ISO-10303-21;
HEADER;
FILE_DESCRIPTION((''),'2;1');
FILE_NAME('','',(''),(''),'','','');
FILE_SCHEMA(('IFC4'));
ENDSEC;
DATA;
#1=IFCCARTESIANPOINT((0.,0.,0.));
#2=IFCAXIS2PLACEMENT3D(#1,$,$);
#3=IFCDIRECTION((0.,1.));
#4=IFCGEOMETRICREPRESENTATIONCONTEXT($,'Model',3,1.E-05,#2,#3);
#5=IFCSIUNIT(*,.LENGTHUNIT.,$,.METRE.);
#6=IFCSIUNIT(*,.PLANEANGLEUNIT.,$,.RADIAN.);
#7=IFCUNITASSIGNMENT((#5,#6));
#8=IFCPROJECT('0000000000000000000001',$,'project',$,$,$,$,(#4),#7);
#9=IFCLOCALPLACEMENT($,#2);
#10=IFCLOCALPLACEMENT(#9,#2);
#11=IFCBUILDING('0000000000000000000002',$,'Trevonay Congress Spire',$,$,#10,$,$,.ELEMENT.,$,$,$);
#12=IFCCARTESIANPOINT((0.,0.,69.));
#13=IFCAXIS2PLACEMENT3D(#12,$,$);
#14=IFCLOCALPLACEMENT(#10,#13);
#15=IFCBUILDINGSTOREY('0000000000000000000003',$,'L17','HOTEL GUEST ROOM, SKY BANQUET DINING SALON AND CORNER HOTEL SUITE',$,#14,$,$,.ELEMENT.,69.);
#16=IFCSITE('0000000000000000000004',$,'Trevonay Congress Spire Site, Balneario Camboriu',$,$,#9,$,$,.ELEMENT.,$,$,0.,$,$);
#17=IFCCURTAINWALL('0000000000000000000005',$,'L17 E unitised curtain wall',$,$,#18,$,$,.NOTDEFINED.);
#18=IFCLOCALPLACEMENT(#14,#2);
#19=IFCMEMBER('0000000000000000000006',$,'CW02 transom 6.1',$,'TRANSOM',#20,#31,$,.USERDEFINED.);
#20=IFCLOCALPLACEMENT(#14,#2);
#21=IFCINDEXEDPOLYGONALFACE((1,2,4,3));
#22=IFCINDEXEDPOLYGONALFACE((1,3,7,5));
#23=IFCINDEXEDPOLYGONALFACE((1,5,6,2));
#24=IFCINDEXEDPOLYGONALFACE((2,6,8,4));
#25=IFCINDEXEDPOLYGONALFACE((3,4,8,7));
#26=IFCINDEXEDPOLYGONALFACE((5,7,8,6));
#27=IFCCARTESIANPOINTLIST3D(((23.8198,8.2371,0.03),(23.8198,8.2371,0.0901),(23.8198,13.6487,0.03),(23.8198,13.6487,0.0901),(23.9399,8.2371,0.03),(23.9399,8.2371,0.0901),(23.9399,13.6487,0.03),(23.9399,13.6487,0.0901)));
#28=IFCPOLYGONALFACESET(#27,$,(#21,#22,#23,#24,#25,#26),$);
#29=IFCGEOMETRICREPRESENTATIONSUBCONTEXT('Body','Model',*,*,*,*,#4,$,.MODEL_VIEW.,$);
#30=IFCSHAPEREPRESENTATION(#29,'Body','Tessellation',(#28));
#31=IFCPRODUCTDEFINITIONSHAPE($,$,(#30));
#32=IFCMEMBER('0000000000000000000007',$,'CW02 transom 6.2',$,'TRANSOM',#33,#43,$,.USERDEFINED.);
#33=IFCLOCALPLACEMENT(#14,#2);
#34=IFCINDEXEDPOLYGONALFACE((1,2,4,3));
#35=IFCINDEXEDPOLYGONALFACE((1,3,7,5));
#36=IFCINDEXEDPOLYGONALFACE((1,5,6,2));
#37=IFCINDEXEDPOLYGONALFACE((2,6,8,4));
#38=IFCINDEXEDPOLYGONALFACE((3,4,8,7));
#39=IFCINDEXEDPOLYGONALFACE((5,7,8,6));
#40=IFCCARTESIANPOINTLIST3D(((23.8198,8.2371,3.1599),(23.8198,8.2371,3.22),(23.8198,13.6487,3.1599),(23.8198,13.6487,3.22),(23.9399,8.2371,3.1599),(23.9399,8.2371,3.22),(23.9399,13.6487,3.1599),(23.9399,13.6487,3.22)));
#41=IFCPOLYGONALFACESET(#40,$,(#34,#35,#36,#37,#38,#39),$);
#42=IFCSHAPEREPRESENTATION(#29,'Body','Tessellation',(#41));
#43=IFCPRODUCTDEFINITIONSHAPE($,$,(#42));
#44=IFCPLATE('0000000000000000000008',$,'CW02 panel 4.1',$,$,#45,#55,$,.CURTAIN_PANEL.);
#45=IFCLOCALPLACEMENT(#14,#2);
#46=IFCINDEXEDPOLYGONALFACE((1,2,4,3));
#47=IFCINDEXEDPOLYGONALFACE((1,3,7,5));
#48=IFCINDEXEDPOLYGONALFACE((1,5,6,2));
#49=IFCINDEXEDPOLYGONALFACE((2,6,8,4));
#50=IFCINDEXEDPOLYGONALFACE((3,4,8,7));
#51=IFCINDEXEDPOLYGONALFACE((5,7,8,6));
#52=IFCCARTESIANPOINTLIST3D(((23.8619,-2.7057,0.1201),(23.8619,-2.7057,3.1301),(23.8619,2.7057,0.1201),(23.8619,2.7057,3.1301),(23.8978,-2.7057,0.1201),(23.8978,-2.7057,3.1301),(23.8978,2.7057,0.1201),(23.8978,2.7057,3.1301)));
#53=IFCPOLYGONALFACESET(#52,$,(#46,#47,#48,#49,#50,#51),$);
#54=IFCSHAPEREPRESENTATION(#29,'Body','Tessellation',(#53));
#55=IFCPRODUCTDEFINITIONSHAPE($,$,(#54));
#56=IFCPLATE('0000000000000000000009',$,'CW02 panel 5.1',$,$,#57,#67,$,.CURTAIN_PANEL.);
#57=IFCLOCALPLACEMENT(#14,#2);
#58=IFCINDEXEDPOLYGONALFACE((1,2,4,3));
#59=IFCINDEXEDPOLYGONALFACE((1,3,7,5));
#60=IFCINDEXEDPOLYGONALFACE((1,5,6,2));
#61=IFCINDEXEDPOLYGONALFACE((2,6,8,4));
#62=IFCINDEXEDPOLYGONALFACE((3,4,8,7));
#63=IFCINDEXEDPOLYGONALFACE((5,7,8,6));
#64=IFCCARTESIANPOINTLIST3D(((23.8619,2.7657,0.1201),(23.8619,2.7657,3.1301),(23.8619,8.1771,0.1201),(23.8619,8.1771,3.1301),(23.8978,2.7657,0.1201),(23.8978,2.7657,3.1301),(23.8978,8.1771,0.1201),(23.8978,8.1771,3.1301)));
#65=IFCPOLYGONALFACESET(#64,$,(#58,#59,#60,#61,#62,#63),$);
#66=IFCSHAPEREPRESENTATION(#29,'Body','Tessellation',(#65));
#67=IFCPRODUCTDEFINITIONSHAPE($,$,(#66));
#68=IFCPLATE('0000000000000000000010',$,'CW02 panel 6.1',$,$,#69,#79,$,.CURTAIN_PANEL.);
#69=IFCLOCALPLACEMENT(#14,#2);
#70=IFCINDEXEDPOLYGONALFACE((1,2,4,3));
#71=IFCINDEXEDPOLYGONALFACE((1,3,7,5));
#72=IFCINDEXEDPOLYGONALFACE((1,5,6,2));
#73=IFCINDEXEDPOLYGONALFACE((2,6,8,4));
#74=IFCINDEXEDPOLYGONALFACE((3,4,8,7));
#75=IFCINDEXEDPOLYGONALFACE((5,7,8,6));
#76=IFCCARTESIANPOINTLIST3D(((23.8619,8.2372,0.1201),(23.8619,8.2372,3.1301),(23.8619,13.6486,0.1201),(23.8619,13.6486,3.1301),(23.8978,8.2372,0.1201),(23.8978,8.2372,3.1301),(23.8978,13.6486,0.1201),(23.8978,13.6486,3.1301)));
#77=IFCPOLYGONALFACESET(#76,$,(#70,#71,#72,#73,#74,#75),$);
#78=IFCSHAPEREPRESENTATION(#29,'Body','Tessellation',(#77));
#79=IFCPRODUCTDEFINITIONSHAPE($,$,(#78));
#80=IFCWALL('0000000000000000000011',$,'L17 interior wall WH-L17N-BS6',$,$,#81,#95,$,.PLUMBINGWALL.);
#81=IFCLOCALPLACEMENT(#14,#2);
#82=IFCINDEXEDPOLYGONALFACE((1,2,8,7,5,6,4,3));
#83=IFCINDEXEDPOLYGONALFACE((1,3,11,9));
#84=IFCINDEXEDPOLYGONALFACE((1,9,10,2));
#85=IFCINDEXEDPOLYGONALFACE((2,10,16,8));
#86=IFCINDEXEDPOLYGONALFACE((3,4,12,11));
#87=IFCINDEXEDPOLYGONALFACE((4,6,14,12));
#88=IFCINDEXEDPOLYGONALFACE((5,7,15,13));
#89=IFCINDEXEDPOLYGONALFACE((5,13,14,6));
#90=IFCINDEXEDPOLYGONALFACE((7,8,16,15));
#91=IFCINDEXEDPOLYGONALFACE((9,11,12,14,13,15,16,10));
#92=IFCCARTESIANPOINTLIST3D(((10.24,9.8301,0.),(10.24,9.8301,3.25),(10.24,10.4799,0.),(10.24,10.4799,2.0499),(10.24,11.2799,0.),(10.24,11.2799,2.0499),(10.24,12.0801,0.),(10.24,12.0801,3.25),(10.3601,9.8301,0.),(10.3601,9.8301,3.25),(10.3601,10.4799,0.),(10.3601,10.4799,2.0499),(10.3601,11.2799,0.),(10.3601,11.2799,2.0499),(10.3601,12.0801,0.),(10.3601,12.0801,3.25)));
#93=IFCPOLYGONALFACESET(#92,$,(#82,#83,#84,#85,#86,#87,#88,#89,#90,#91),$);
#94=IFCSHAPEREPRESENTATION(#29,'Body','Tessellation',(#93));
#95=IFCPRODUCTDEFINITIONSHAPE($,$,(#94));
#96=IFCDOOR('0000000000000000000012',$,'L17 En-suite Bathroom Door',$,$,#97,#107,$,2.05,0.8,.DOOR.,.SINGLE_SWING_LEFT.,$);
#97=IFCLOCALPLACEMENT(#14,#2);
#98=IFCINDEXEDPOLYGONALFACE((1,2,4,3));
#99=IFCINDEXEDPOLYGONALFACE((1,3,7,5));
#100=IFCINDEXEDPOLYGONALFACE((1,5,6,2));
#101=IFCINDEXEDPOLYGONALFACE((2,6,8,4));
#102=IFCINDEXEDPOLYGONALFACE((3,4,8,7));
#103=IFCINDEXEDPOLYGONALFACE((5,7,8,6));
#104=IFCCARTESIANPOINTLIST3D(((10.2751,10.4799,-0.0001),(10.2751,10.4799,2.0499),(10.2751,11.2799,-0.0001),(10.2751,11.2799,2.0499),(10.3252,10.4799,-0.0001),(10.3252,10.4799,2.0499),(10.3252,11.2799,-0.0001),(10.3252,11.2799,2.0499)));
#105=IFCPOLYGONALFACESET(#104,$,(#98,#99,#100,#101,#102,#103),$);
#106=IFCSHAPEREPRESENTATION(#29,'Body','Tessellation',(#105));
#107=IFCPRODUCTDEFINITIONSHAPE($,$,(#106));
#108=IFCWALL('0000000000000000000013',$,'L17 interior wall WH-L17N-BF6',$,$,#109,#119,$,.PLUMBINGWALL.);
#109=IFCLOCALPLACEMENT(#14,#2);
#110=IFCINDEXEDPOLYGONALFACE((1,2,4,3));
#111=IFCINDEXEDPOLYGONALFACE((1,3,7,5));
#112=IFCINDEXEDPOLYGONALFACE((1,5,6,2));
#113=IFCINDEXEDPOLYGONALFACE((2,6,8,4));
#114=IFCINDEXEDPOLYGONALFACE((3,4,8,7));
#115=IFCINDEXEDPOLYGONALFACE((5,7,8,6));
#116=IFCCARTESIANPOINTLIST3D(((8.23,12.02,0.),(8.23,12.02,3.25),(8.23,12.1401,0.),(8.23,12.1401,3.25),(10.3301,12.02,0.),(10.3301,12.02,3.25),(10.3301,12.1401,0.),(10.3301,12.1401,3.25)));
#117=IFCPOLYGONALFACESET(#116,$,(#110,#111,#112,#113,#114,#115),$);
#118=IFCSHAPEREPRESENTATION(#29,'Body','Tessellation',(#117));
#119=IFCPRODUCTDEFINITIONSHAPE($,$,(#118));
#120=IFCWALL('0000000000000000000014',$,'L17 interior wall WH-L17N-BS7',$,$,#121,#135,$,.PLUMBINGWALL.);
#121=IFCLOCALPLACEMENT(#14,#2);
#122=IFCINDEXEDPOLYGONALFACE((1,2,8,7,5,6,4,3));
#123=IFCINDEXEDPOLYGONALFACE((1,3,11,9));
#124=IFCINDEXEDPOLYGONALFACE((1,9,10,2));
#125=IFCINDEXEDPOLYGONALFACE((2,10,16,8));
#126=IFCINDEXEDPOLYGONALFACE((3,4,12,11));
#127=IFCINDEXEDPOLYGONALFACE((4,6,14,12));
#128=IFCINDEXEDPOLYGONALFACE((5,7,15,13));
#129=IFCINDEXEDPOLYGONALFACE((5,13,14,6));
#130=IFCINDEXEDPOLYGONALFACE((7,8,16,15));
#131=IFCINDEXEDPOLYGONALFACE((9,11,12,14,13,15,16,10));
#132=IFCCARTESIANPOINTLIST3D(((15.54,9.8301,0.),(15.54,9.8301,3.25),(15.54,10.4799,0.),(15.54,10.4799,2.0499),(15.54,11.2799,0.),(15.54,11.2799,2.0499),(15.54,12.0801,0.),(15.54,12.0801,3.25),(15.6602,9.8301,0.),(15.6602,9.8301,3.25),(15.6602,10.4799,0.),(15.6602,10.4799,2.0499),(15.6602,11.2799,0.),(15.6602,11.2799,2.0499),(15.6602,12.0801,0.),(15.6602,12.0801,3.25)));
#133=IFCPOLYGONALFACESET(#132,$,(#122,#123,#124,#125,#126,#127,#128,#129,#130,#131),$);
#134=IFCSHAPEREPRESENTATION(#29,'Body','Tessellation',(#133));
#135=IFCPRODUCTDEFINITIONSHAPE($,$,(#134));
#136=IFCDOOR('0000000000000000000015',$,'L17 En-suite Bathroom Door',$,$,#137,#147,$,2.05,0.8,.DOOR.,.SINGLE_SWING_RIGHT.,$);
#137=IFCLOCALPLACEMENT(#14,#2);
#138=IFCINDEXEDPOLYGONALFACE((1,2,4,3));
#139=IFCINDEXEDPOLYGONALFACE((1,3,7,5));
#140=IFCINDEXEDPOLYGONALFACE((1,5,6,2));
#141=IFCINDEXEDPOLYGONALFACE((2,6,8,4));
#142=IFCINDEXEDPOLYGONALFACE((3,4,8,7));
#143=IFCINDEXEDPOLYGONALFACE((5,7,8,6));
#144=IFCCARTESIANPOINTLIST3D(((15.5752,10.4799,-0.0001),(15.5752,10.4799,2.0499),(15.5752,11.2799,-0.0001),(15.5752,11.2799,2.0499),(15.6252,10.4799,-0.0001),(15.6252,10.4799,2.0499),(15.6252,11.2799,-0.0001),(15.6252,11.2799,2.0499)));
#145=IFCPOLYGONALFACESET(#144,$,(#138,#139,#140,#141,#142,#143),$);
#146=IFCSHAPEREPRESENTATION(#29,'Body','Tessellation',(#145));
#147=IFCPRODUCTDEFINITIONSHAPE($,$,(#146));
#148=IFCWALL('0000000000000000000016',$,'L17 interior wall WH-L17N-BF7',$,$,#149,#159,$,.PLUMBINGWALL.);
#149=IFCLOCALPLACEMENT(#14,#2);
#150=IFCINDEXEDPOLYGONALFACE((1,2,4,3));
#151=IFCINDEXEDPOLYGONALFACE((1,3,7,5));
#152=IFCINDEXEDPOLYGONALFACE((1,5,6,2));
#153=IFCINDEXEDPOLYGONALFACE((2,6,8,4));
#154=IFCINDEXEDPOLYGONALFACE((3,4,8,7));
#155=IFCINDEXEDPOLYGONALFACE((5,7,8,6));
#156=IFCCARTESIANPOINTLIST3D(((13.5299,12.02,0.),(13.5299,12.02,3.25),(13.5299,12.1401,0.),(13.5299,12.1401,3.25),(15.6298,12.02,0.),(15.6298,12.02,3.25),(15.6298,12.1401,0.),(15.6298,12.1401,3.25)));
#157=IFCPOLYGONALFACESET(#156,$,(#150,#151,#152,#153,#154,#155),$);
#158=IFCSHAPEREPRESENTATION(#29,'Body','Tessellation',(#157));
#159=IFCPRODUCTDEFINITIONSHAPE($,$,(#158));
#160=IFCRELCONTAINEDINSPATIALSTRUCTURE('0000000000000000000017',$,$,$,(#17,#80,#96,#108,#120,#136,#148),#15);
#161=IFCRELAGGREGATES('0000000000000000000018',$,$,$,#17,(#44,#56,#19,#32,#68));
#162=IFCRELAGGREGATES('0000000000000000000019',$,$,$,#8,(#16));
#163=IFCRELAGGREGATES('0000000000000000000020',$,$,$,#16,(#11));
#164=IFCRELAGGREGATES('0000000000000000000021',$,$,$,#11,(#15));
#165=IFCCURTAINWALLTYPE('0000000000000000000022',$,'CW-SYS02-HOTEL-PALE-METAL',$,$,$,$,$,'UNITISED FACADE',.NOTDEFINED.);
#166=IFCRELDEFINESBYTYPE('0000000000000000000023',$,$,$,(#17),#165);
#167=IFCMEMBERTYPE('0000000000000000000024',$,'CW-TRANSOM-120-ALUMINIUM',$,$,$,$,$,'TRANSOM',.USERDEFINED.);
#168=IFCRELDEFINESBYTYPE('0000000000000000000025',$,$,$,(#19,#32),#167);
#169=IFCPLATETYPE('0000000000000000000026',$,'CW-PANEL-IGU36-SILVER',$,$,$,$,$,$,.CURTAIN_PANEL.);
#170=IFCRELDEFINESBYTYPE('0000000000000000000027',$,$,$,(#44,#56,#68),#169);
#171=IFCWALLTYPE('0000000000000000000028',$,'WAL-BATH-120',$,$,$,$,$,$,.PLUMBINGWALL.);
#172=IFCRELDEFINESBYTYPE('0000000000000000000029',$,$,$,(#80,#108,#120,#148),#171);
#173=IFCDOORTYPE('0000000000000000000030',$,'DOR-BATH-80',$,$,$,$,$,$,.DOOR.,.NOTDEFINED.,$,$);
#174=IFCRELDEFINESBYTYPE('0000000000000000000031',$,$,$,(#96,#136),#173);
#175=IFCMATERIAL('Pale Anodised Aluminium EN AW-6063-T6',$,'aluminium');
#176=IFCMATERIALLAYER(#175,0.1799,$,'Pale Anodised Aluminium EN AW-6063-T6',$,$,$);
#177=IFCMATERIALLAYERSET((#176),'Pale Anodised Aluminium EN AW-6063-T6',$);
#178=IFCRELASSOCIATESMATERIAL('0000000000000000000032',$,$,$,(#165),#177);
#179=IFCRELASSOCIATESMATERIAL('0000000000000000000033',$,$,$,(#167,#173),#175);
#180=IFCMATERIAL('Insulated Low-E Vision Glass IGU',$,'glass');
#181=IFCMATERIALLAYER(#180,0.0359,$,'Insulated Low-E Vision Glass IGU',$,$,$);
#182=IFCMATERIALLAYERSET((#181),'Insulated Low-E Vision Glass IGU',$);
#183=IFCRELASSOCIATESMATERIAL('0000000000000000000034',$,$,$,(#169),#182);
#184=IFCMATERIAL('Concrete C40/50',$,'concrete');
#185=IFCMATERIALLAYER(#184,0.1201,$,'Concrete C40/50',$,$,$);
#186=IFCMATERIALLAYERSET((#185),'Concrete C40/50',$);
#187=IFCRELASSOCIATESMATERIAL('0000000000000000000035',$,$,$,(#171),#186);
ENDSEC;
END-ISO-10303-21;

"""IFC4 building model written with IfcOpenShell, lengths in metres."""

from ifc_helpers import new_model, si_unit, direction, frame, frame_2d, origin, origin_2d, place, context, subcontext, project, spatial, rectangle, extrude, material, layer, layer_set, material_profile, profile_set, type_object, element, fill, aggregate, save


model = new_model("IFC4")

# Units and contexts
model_context = context("Model", 3, precision=1e-05, world=origin(), true_north=direction((0.0, 1.0)))
body_context = subcontext(model_context, "Body", "Model", "MODEL_VIEW")
ifc_project = project(units=[si_unit("LENGTHUNIT", "METRE"), si_unit("PLANEANGLEUNIT", "RADIAN")], contexts=[model_context])

# Site, building, storey
site_placement = place(None, origin())
site = spatial("IfcSite", under=ifc_project, at=site_placement, Name="Trevonay Congress Spire Site, Balneario Camboriu", CompositionType="ELEMENT", RefElevation=0.0)
building_placement = place(site_placement, origin())
building = spatial("IfcBuilding", under=site, at=building_placement, Name="Trevonay Congress Spire", CompositionType="ELEMENT")
storey_placement = place(building_placement, frame((0.0, 0.0, 69.0)))
storey = spatial("IfcBuildingStorey", under=building, at=storey_placement, Name="L17", Description="HOTEL GUEST ROOM, SKY BANQUET DINING SALON AND CORNER HOTEL SUITE", CompositionType="ELEMENT", Elevation=69.0)

# Curtain wall, members, plates
ifc_material_1 = material(Name="Pale Anodised Aluminium EN AW-6063-T6", Category="aluminium")
ifc_layer_1 = layer(ifc_material_1, 0.1799, Name="Pale Anodised Aluminium EN AW-6063-T6")
ifc_layer_set_1 = layer_set([ifc_layer_1], Name="Pale Anodised Aluminium EN AW-6063-T6")
curtain_wall_type = type_object("IfcCurtainWallType", Name="CW-SYS02-HOTEL-PALE-METAL", ElementType="UNITISED FACADE", PredefinedType="NOTDEFINED", material=ifc_layer_set_1)
curtain_wall_placement = place(storey_placement, origin())
curtain_wall = element("IfcCurtainWall", 1, at=curtain_wall_placement, inside=storey, type_object=curtain_wall_type, Name="L17 E unitised curtain wall", PredefinedType="NOTDEFINED")
ifc_material_profile_1 = material_profile(ifc_material_1, rectangle(XDim=0.1201, YDim=0.0601, at=origin_2d()), Name="CW-TRANSOM-120-ALUMINIUM")
ifc_profile_set_1 = profile_set([ifc_material_profile_1], Name="Pale Anodised Aluminium EN AW-6063-T6")
member_type_1 = type_object("IfcMemberType", Name="CW-TRANSOM-120-ALUMINIUM", ElementType="TRANSOM", PredefinedType="USERDEFINED", material=ifc_profile_set_1)
member_1_placement = place(storey_placement, frame((23.8799, 8.2371, 0.0601), z_axis=(0.0, 1.0, 0.0), x_axis=(-1.0, 0.0, 0.0)))
member_1 = element("IfcMember", 2, at=member_1_placement, type_object=member_type_1, Name="CW02 transom 6.1", ObjectType="TRANSOM", PredefinedType="USERDEFINED", context=body_context, shape_type="SweptSolid", body=[
    extrude(rectangle(XDim=0.1201, YDim=0.0601, at=origin_2d()), origin(), (0.0, 0.0, 1.0), 5.4116),
])
member_2_placement = place(storey_placement, frame((23.8799, 8.2371, 3.1899), z_axis=(0.0, 1.0, 0.0), x_axis=(-1.0, 0.0, 0.0)))
member_2 = element("IfcMember", 3, at=member_2_placement, type_object=member_type_1, Name="CW02 transom 6.2", ObjectType="TRANSOM", PredefinedType="USERDEFINED", context=body_context, shape_type="SweptSolid", body=[
    extrude(rectangle(XDim=0.1201, YDim=0.0601, at=origin_2d()), origin(), (0.0, 0.0, 1.0), 5.4116),
])
ifc_material_2 = material(Name="Insulated Low-E Vision Glass IGU", Category="glass")
ifc_layer_2 = layer(ifc_material_2, 0.0359, Name="Insulated Low-E Vision Glass IGU")
ifc_layer_set_2 = layer_set([ifc_layer_2], Name="Insulated Low-E Vision Glass IGU")
plate_type = type_object("IfcPlateType", Name="CW-PANEL-IGU36-SILVER", PredefinedType="CURTAIN_PANEL", material=ifc_layer_set_2)
plate_1_placement = place(storey_placement, frame((23.8799, 0.0, 0.1201), z_axis=(0.0, 0.0, 1.0), x_axis=(0.0, 1.0, 0.0)))
plate_1 = element("IfcPlate", 4, at=plate_1_placement, type_object=plate_type, Name="CW02 panel 4.1", PredefinedType="CURTAIN_PANEL", context=body_context, shape_type="SweptSolid", body=[
    extrude(rectangle(XDim=5.4114, YDim=0.0359, at=origin_2d()), origin(), (0.0, 0.0, 1.0), 3.01),
])
plate_2_placement = place(storey_placement, frame((23.8799, 5.4714, 0.1201), z_axis=(0.0, 0.0, 1.0), x_axis=(0.0, 1.0, 0.0)))
plate_2 = element("IfcPlate", 5, at=plate_2_placement, type_object=plate_type, Name="CW02 panel 5.1", PredefinedType="CURTAIN_PANEL", context=body_context, shape_type="SweptSolid", body=[
    extrude(rectangle(XDim=5.4114, YDim=0.0359, at=origin_2d()), origin(), (0.0, 0.0, 1.0), 3.01),
])
plate_3_placement = place(storey_placement, frame((23.8799, 10.9429, 0.1201), z_axis=(0.0, 0.0, 1.0), x_axis=(0.0, 1.0, 0.0)))
plate_3 = element("IfcPlate", 6, at=plate_3_placement, type_object=plate_type, Name="CW02 panel 6.1", PredefinedType="CURTAIN_PANEL", context=body_context, shape_type="SweptSolid", body=[
    extrude(rectangle(XDim=5.4114, YDim=0.0359, at=origin_2d()), origin(), (0.0, 0.0, 1.0), 3.01),
])
aggregate(curtain_wall, [plate_1, plate_2, member_1, member_2, plate_3])

# Wall, opening, door
ifc_material_3 = material(Name="Concrete C40/50", Category="concrete")
ifc_layer_3 = layer(ifc_material_3, 0.1201, Name="Concrete C40/50")
ifc_layer_set_3 = layer_set([ifc_layer_3], Name="Concrete C40/50")
wall_type_1 = type_object("IfcWallType", Name="WAL-BATH-120", PredefinedType="PLUMBINGWALL", material=ifc_layer_set_3)
wall_1_placement = place(storey_placement, frame((10.3, 9.8301, 0.0), z_axis=(0.0, 0.0, 1.0), x_axis=(0.0, 1.0, 0.0)))
wall_1 = element("IfcWall", 7, at=wall_1_placement, inside=storey, type_object=wall_type_1, Name="L17 interior wall WH-L17N-BS6", PredefinedType="PLUMBINGWALL", context=body_context, shape_type="SweptSolid", body=[
    extrude(rectangle(XDim=2.25, YDim=0.1201, at=frame_2d((1.125, 0.0))), origin(), (0.0, 0.0, 1.0), 3.25),
])
opening_1_placement = place(wall_1_placement, frame((0.6499, 0.0, 0.0)))
opening_1 = element("IfcOpeningElement", 8, at=opening_1_placement, cuts=wall_1, PredefinedType="OPENING", context=body_context, shape_type="SweptSolid", body=[
    extrude(rectangle(XDim=0.8, YDim=2.05, at=frame_2d((0.3999, 1.0249))), frame((0.0, 0.0701, 0.0), z_axis=(0.0, -1.0, 0.0), x_axis=(1.0, 0.0, 0.0)), (0.0, 0.0, 1.0), 0.1401),
])
door_type = type_object("IfcDoorType", Name="DOR-BATH-80", OperationType="NOTDEFINED", PredefinedType="DOOR", material=ifc_material_1)
door_1_placement = place(opening_1_placement, origin())
door_1 = element("IfcDoor", 9, at=door_1_placement, inside=storey, type_object=door_type, Name="L17 En-suite Bathroom Door", OperationType="SINGLE_SWING_LEFT", OverallHeight=2.05, OverallWidth=0.8, PredefinedType="DOOR", context=body_context, shape_type="SweptSolid", body=[
    extrude(rectangle(XDim=0.8, YDim=2.05, at=frame_2d((0.3999, 1.0249))), frame((0.0, 0.0249, 0.0), z_axis=(0.0, -1.0, 0.0), x_axis=(1.0, 0.0, 0.0)), (0.0, 0.0, 1.0), 0.05),
])
fill(opening_1, door_1)

# Wall
wall_2_placement = place(storey_placement, frame((8.23, 12.0801, 0.0), z_axis=(0.0, 0.0, 1.0), x_axis=(1.0, 0.0, 0.0)))
element("IfcWall", 10, at=wall_2_placement, inside=storey, type_object=wall_type_1, Name="L17 interior wall WH-L17N-BF6", PredefinedType="PLUMBINGWALL", context=body_context, shape_type="SweptSolid", body=[
    extrude(rectangle(XDim=2.1001, YDim=0.1201, at=frame_2d((1.05, 0.0))), origin(), (0.0, 0.0, 1.0), 3.25),
])

# Wall, opening, door
wall_3_placement = place(storey_placement, frame((15.6001, 9.8301, 0.0), z_axis=(0.0, 0.0, 1.0), x_axis=(0.0, 1.0, 0.0)))
wall_3 = element("IfcWall", 11, at=wall_3_placement, inside=storey, type_object=wall_type_1, Name="L17 interior wall WH-L17N-BS7", PredefinedType="PLUMBINGWALL", context=body_context, shape_type="SweptSolid", body=[
    extrude(rectangle(XDim=2.25, YDim=0.1201, at=frame_2d((1.125, 0.0))), origin(), (0.0, 0.0, 1.0), 3.25),
])
opening_2_placement = place(wall_3_placement, frame((0.6499, 0.0, 0.0)))
opening_2 = element("IfcOpeningElement", 12, at=opening_2_placement, cuts=wall_3, PredefinedType="OPENING", context=body_context, shape_type="SweptSolid", body=[
    extrude(rectangle(XDim=0.8, YDim=2.05, at=frame_2d((0.3999, 1.0249))), frame((0.0, 0.0701, 0.0), z_axis=(0.0, -1.0, 0.0), x_axis=(1.0, 0.0, 0.0)), (0.0, 0.0, 1.0), 0.1401),
])
door_2_placement = place(opening_2_placement, origin())
door_2 = element("IfcDoor", 13, at=door_2_placement, inside=storey, type_object=door_type, Name="L17 En-suite Bathroom Door", OperationType="SINGLE_SWING_RIGHT", OverallHeight=2.05, OverallWidth=0.8, PredefinedType="DOOR", context=body_context, shape_type="SweptSolid", body=[
    extrude(rectangle(XDim=0.8, YDim=2.05, at=frame_2d((0.3999, 1.0249))), frame((0.0, 0.0249, 0.0), z_axis=(0.0, -1.0, 0.0), x_axis=(1.0, 0.0, 0.0)), (0.0, 0.0, 1.0), 0.05),
])
fill(opening_2, door_2)

# Wall
wall_4_placement = place(storey_placement, frame((13.53, 12.0801, 0.0), z_axis=(0.0, 0.0, 1.0), x_axis=(1.0, 0.0, 0.0)))
element("IfcWall", 14, at=wall_4_placement, inside=storey, type_object=wall_type_1, Name="L17 interior wall WH-L17N-BF7", PredefinedType="PLUMBINGWALL", context=body_context, shape_type="SweptSolid", body=[
    extrude(rectangle(XDim=2.0999, YDim=0.1201, at=frame_2d((1.0498, 0.0))), origin(), (0.0, 0.0, 1.0), 3.25),
])

save(model, "model.ifc")
